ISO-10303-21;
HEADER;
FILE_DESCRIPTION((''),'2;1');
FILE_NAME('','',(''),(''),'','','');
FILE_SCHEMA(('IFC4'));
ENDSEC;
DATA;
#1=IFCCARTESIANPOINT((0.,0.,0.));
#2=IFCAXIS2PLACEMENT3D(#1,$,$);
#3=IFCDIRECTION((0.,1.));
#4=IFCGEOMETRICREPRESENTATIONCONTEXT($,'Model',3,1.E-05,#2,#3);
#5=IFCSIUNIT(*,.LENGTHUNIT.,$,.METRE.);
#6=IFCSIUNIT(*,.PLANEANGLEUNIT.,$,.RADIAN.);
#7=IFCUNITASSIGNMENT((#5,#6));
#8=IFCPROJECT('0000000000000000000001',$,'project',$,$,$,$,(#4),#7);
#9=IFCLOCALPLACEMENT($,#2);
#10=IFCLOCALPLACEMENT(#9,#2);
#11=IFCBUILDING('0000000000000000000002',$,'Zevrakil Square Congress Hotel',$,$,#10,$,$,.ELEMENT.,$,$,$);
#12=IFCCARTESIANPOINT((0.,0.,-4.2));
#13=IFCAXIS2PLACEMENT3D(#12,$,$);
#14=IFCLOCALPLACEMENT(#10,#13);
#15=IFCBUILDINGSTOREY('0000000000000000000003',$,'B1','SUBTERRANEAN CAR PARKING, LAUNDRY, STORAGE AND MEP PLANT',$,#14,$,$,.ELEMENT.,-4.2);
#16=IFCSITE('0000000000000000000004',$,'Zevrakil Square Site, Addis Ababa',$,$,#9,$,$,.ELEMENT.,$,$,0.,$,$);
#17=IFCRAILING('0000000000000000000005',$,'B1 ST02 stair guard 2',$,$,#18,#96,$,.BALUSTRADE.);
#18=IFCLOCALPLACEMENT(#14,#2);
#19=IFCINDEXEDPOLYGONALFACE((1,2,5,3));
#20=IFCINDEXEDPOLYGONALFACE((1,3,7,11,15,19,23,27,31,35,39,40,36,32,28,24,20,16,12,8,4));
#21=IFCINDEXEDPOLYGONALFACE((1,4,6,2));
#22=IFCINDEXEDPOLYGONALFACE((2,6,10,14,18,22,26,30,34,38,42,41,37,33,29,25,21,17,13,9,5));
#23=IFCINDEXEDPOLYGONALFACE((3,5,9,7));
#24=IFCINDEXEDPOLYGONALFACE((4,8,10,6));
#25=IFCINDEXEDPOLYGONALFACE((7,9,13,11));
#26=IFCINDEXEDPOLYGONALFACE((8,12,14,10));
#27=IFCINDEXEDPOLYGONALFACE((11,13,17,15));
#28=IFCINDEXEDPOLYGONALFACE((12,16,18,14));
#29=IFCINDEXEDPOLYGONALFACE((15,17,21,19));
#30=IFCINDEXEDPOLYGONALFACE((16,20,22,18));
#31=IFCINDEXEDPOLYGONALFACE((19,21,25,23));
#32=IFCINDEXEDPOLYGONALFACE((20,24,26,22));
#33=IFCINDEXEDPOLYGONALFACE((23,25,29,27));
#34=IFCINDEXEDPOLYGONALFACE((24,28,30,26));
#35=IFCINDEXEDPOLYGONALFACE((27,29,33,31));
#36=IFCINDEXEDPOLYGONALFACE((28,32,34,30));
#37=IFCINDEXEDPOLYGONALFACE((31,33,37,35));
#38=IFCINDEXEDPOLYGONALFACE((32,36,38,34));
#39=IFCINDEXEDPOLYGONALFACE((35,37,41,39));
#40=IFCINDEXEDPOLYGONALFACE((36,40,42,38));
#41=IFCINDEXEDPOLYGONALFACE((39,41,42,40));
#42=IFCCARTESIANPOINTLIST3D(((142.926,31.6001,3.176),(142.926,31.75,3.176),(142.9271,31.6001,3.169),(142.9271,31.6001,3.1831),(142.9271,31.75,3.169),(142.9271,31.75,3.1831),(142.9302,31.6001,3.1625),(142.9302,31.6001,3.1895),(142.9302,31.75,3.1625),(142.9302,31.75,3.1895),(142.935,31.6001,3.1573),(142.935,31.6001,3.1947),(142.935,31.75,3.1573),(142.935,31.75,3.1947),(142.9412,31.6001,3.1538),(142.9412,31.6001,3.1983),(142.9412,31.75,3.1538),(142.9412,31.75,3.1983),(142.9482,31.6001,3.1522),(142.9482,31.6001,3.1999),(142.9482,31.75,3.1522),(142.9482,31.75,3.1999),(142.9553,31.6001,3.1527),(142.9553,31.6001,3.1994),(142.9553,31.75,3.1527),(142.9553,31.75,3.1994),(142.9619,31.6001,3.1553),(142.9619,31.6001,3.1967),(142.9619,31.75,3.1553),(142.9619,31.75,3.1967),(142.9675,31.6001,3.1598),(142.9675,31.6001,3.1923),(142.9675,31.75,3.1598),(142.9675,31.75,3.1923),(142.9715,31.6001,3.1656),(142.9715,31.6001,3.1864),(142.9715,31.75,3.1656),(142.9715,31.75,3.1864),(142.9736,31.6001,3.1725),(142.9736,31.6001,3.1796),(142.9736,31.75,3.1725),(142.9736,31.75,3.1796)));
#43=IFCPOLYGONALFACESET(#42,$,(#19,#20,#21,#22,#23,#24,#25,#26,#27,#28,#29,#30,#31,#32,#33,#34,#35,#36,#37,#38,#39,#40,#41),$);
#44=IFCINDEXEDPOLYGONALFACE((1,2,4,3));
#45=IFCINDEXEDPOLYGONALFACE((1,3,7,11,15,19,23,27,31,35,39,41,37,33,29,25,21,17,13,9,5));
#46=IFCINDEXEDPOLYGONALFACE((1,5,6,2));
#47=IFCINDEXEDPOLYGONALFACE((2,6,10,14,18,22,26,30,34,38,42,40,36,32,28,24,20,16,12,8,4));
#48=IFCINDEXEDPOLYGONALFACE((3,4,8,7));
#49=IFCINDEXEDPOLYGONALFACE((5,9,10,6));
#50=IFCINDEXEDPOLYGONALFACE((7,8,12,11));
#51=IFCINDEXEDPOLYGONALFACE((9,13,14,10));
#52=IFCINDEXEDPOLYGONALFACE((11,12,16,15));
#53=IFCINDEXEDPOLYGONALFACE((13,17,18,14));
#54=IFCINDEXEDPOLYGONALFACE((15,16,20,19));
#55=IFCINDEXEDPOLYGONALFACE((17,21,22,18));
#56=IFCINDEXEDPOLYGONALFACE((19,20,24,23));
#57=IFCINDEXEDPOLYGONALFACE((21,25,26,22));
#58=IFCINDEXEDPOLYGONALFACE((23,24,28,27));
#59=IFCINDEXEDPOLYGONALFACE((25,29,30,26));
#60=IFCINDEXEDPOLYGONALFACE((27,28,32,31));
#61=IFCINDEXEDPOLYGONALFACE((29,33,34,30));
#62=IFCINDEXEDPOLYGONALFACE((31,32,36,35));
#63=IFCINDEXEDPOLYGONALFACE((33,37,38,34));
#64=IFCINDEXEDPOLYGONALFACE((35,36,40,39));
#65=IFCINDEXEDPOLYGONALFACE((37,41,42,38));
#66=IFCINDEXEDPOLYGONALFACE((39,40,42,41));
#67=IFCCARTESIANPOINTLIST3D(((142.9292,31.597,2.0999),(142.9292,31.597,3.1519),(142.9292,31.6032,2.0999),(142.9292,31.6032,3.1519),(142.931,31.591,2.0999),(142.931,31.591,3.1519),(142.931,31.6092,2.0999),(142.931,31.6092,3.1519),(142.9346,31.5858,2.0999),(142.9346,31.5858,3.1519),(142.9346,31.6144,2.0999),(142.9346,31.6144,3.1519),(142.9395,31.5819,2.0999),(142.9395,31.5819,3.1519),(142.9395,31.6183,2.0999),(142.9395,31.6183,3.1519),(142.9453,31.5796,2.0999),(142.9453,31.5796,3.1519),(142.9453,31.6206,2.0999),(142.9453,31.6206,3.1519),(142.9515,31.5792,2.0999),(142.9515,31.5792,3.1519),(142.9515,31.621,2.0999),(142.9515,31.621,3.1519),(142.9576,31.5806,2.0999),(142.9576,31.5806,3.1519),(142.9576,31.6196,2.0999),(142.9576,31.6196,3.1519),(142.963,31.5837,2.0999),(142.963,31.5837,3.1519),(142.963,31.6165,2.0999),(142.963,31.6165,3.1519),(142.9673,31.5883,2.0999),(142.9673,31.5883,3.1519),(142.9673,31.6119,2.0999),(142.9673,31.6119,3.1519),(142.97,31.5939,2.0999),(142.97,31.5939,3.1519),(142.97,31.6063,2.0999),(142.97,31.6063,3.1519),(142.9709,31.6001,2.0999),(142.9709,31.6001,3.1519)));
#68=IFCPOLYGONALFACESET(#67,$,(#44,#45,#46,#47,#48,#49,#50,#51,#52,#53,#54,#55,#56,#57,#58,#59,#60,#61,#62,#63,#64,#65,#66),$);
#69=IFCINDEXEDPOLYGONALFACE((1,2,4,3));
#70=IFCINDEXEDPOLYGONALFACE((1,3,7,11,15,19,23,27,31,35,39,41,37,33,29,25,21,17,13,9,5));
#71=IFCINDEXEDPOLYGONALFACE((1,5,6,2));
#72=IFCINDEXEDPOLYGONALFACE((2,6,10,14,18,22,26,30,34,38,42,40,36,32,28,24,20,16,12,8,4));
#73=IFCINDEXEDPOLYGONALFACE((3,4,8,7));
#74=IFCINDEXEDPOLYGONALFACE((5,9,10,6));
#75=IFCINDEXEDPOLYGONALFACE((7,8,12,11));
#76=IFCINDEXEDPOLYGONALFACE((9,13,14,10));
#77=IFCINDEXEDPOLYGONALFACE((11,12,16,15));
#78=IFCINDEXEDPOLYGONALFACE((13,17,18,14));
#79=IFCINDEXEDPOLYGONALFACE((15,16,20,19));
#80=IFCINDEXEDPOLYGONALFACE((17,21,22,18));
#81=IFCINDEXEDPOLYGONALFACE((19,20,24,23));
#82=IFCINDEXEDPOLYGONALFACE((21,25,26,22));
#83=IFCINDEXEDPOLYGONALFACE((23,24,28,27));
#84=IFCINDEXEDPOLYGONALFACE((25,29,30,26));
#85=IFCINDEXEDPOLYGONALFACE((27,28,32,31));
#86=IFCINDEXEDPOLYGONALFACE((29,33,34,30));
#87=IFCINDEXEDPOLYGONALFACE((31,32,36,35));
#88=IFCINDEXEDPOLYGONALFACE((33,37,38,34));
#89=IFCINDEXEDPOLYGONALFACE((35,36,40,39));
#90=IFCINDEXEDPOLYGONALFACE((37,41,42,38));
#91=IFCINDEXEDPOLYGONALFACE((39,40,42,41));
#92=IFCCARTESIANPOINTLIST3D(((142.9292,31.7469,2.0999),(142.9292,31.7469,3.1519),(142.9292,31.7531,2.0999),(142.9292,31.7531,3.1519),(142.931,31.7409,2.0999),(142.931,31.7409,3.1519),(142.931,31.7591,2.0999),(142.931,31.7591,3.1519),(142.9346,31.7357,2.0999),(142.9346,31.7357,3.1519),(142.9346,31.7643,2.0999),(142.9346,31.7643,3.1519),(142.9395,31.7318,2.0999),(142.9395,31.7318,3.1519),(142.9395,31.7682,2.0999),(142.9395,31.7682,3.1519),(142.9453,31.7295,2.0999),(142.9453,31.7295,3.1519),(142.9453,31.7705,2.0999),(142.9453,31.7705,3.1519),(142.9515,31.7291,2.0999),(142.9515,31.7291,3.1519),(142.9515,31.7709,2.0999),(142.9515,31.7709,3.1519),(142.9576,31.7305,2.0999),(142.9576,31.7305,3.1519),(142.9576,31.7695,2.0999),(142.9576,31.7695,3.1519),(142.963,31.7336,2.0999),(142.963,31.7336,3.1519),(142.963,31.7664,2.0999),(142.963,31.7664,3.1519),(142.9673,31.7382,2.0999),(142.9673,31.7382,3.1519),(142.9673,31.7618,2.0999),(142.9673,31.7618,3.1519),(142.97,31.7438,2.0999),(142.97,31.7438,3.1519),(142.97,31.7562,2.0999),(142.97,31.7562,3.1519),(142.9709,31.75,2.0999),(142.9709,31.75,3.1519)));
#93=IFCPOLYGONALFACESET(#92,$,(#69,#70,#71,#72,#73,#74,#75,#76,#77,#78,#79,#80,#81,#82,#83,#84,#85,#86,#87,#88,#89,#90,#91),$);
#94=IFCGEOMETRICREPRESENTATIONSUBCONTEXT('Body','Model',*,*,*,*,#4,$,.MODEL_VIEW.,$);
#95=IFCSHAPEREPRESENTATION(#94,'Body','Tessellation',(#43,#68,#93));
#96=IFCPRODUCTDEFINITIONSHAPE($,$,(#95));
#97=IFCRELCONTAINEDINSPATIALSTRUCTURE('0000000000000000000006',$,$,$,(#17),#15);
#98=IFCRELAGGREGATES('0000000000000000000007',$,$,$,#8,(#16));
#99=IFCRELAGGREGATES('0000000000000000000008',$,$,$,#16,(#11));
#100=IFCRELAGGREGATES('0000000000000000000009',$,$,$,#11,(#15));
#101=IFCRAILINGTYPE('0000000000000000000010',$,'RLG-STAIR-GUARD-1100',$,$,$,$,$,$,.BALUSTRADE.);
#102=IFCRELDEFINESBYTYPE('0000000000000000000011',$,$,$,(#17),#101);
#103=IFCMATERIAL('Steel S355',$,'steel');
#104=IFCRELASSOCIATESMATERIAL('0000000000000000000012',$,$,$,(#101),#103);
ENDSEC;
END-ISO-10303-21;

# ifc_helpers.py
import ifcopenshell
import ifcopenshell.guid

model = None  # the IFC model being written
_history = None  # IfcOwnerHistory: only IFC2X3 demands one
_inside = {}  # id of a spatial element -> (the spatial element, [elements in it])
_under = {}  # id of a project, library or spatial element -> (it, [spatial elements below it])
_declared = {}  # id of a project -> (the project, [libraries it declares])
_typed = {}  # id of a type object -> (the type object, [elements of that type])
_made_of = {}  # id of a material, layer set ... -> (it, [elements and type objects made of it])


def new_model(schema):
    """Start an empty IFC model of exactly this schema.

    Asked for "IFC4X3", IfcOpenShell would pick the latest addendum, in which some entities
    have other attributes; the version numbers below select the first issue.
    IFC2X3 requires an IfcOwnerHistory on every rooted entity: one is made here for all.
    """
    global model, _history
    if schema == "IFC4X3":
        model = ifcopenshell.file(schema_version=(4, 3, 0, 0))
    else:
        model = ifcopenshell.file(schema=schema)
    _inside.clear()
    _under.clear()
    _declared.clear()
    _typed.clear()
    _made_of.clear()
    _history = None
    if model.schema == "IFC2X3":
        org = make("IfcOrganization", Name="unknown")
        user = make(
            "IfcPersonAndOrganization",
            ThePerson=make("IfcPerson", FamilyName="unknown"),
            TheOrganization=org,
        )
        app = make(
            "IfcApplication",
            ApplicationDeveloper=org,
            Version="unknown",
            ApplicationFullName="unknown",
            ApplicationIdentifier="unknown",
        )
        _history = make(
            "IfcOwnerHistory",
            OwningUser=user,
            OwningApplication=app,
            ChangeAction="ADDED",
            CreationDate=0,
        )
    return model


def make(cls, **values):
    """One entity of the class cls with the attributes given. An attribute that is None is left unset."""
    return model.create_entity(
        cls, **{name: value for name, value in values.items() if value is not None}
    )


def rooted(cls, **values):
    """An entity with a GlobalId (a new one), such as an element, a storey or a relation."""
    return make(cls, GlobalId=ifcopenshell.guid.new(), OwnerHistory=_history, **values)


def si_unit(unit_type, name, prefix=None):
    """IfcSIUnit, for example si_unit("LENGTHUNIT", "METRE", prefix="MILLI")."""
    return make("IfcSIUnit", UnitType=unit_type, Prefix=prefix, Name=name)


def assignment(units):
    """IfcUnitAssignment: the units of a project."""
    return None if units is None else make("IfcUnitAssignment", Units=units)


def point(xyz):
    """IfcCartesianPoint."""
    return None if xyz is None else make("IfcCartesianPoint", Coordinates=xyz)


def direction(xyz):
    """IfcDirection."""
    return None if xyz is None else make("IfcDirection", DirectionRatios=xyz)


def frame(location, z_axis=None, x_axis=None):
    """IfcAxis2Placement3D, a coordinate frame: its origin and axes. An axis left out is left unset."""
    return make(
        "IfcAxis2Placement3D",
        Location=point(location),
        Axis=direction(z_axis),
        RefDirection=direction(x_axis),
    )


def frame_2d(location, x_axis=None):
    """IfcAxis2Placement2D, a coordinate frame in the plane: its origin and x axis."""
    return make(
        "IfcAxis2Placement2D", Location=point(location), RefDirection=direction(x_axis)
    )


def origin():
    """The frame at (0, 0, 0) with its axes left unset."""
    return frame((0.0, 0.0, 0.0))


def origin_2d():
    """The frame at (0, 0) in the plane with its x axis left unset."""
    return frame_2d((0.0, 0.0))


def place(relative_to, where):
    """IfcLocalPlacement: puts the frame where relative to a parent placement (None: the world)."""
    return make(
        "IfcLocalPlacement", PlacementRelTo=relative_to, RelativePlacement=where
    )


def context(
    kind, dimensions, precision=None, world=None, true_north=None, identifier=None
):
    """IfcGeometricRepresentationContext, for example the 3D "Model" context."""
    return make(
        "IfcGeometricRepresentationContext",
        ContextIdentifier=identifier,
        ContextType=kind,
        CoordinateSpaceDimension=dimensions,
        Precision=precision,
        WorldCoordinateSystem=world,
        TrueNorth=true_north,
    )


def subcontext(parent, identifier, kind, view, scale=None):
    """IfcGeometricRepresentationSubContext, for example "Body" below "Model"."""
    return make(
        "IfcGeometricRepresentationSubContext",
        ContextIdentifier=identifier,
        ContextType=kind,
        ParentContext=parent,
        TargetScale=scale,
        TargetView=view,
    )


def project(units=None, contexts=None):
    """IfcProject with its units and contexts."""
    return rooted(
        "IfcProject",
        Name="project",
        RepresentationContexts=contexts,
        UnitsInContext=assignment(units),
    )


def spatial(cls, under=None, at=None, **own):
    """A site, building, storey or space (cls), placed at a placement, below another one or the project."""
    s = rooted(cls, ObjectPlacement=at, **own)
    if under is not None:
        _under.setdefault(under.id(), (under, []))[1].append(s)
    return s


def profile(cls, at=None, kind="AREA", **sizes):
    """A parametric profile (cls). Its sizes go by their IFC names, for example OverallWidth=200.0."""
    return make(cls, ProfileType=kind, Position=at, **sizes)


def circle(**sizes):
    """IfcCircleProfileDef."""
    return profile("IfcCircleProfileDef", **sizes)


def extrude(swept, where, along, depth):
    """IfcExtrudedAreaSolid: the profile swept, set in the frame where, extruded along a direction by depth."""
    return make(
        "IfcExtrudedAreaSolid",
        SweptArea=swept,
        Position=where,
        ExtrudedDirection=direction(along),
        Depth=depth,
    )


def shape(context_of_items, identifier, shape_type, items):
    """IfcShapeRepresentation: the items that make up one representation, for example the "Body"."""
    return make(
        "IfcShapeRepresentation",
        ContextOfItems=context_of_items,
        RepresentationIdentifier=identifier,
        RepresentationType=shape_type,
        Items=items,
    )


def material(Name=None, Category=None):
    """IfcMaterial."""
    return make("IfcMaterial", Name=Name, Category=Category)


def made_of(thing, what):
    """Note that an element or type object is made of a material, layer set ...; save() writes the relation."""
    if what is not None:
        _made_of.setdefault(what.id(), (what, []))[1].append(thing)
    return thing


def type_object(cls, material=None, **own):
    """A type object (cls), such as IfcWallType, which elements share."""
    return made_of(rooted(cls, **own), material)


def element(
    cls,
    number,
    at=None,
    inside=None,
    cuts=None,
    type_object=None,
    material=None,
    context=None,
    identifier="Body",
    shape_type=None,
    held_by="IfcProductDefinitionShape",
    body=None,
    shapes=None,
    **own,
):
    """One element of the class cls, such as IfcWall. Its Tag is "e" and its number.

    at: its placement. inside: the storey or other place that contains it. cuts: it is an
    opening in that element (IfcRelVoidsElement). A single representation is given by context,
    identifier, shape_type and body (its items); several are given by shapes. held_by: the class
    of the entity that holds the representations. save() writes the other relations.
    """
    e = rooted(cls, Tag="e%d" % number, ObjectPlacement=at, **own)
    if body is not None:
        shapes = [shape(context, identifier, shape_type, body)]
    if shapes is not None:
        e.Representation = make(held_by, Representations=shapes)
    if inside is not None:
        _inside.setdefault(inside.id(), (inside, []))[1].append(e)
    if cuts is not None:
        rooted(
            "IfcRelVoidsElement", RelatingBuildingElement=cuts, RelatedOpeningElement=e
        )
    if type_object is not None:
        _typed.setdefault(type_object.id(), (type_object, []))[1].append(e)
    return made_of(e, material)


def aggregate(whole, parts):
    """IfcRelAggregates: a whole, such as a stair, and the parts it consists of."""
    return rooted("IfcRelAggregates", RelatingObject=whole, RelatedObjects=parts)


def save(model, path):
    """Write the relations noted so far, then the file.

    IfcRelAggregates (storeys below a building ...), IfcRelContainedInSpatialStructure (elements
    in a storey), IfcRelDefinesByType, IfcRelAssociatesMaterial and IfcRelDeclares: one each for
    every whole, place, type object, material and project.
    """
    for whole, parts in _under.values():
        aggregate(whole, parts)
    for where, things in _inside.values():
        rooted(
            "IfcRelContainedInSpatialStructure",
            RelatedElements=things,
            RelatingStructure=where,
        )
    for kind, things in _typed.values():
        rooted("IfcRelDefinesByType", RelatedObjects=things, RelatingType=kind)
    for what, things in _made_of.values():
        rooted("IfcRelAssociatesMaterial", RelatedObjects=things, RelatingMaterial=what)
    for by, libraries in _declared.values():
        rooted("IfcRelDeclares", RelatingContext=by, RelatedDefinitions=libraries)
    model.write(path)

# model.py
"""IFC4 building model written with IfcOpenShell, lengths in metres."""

from ifc_helpers import new_model, si_unit, direction, frame, origin, origin_2d, place, context, subcontext, project, spatial, circle, extrude, material, type_object, element, save


model = new_model("IFC4")

# Units and contexts
model_context = context("Model", 3, precision=1e-05, world=origin(), true_north=direction((0.0, 1.0)))
body_context = subcontext(model_context, "Body", "Model", "MODEL_VIEW")
ifc_project = project(units=[si_unit("LENGTHUNIT", "METRE"), si_unit("PLANEANGLEUNIT", "RADIAN")], contexts=[model_context])

# Site, building, storey
site_placement = place(None, origin())
site = spatial("IfcSite", under=ifc_project, at=site_placement, Name="Zevrakil Square Site, Addis Ababa", CompositionType="ELEMENT", RefElevation=0.0)
building_placement = place(site_placement, origin())
building = spatial("IfcBuilding", under=site, at=building_placement, Name="Zevrakil Square Congress Hotel", CompositionType="ELEMENT")
storey_placement = place(building_placement, frame((0.0, 0.0, -4.2)))
storey = spatial("IfcBuildingStorey", under=building, at=storey_placement, Name="B1", Description="SUBTERRANEAN CAR PARKING, LAUNDRY, STORAGE AND MEP PLANT", CompositionType="ELEMENT", Elevation=-4.2)

# Railing
ifc_material_1 = material(Name="Steel S355", Category="steel")
railing_type_1 = type_object("IfcRailingType", Name="RLG-STAIR-GUARD-1100", PredefinedType="BALUSTRADE", material=ifc_material_1)
railing_1_placement = place(storey_placement, frame((142.95, 31.6001, 2.0999)))
element("IfcRailing", 1, at=railing_1_placement, inside=storey, type_object=railing_type_1, Name="B1 ST02 stair guard 2", PredefinedType="BALUSTRADE", context=body_context, shape_type="SweptSolid", body=[
    extrude(circle(Radius=0.0239, at=origin_2d()), frame((0.0, 0.0, 1.0762), z_axis=(0.0, 1.0, 0.0), x_axis=(-1.0, 0.0, 0.0)), (0.0, 0.0, 1.0), 0.1499),
    extrude(circle(Radius=0.021, at=origin_2d()), origin(), (0.0, 0.0, 1.0), 1.052),
    extrude(circle(Radius=0.021, at=origin_2d()), frame((0.0, 0.1499, 0.0)), (0.0, 0.0, 1.0), 1.052),
])

save(model, "model.ifc")
